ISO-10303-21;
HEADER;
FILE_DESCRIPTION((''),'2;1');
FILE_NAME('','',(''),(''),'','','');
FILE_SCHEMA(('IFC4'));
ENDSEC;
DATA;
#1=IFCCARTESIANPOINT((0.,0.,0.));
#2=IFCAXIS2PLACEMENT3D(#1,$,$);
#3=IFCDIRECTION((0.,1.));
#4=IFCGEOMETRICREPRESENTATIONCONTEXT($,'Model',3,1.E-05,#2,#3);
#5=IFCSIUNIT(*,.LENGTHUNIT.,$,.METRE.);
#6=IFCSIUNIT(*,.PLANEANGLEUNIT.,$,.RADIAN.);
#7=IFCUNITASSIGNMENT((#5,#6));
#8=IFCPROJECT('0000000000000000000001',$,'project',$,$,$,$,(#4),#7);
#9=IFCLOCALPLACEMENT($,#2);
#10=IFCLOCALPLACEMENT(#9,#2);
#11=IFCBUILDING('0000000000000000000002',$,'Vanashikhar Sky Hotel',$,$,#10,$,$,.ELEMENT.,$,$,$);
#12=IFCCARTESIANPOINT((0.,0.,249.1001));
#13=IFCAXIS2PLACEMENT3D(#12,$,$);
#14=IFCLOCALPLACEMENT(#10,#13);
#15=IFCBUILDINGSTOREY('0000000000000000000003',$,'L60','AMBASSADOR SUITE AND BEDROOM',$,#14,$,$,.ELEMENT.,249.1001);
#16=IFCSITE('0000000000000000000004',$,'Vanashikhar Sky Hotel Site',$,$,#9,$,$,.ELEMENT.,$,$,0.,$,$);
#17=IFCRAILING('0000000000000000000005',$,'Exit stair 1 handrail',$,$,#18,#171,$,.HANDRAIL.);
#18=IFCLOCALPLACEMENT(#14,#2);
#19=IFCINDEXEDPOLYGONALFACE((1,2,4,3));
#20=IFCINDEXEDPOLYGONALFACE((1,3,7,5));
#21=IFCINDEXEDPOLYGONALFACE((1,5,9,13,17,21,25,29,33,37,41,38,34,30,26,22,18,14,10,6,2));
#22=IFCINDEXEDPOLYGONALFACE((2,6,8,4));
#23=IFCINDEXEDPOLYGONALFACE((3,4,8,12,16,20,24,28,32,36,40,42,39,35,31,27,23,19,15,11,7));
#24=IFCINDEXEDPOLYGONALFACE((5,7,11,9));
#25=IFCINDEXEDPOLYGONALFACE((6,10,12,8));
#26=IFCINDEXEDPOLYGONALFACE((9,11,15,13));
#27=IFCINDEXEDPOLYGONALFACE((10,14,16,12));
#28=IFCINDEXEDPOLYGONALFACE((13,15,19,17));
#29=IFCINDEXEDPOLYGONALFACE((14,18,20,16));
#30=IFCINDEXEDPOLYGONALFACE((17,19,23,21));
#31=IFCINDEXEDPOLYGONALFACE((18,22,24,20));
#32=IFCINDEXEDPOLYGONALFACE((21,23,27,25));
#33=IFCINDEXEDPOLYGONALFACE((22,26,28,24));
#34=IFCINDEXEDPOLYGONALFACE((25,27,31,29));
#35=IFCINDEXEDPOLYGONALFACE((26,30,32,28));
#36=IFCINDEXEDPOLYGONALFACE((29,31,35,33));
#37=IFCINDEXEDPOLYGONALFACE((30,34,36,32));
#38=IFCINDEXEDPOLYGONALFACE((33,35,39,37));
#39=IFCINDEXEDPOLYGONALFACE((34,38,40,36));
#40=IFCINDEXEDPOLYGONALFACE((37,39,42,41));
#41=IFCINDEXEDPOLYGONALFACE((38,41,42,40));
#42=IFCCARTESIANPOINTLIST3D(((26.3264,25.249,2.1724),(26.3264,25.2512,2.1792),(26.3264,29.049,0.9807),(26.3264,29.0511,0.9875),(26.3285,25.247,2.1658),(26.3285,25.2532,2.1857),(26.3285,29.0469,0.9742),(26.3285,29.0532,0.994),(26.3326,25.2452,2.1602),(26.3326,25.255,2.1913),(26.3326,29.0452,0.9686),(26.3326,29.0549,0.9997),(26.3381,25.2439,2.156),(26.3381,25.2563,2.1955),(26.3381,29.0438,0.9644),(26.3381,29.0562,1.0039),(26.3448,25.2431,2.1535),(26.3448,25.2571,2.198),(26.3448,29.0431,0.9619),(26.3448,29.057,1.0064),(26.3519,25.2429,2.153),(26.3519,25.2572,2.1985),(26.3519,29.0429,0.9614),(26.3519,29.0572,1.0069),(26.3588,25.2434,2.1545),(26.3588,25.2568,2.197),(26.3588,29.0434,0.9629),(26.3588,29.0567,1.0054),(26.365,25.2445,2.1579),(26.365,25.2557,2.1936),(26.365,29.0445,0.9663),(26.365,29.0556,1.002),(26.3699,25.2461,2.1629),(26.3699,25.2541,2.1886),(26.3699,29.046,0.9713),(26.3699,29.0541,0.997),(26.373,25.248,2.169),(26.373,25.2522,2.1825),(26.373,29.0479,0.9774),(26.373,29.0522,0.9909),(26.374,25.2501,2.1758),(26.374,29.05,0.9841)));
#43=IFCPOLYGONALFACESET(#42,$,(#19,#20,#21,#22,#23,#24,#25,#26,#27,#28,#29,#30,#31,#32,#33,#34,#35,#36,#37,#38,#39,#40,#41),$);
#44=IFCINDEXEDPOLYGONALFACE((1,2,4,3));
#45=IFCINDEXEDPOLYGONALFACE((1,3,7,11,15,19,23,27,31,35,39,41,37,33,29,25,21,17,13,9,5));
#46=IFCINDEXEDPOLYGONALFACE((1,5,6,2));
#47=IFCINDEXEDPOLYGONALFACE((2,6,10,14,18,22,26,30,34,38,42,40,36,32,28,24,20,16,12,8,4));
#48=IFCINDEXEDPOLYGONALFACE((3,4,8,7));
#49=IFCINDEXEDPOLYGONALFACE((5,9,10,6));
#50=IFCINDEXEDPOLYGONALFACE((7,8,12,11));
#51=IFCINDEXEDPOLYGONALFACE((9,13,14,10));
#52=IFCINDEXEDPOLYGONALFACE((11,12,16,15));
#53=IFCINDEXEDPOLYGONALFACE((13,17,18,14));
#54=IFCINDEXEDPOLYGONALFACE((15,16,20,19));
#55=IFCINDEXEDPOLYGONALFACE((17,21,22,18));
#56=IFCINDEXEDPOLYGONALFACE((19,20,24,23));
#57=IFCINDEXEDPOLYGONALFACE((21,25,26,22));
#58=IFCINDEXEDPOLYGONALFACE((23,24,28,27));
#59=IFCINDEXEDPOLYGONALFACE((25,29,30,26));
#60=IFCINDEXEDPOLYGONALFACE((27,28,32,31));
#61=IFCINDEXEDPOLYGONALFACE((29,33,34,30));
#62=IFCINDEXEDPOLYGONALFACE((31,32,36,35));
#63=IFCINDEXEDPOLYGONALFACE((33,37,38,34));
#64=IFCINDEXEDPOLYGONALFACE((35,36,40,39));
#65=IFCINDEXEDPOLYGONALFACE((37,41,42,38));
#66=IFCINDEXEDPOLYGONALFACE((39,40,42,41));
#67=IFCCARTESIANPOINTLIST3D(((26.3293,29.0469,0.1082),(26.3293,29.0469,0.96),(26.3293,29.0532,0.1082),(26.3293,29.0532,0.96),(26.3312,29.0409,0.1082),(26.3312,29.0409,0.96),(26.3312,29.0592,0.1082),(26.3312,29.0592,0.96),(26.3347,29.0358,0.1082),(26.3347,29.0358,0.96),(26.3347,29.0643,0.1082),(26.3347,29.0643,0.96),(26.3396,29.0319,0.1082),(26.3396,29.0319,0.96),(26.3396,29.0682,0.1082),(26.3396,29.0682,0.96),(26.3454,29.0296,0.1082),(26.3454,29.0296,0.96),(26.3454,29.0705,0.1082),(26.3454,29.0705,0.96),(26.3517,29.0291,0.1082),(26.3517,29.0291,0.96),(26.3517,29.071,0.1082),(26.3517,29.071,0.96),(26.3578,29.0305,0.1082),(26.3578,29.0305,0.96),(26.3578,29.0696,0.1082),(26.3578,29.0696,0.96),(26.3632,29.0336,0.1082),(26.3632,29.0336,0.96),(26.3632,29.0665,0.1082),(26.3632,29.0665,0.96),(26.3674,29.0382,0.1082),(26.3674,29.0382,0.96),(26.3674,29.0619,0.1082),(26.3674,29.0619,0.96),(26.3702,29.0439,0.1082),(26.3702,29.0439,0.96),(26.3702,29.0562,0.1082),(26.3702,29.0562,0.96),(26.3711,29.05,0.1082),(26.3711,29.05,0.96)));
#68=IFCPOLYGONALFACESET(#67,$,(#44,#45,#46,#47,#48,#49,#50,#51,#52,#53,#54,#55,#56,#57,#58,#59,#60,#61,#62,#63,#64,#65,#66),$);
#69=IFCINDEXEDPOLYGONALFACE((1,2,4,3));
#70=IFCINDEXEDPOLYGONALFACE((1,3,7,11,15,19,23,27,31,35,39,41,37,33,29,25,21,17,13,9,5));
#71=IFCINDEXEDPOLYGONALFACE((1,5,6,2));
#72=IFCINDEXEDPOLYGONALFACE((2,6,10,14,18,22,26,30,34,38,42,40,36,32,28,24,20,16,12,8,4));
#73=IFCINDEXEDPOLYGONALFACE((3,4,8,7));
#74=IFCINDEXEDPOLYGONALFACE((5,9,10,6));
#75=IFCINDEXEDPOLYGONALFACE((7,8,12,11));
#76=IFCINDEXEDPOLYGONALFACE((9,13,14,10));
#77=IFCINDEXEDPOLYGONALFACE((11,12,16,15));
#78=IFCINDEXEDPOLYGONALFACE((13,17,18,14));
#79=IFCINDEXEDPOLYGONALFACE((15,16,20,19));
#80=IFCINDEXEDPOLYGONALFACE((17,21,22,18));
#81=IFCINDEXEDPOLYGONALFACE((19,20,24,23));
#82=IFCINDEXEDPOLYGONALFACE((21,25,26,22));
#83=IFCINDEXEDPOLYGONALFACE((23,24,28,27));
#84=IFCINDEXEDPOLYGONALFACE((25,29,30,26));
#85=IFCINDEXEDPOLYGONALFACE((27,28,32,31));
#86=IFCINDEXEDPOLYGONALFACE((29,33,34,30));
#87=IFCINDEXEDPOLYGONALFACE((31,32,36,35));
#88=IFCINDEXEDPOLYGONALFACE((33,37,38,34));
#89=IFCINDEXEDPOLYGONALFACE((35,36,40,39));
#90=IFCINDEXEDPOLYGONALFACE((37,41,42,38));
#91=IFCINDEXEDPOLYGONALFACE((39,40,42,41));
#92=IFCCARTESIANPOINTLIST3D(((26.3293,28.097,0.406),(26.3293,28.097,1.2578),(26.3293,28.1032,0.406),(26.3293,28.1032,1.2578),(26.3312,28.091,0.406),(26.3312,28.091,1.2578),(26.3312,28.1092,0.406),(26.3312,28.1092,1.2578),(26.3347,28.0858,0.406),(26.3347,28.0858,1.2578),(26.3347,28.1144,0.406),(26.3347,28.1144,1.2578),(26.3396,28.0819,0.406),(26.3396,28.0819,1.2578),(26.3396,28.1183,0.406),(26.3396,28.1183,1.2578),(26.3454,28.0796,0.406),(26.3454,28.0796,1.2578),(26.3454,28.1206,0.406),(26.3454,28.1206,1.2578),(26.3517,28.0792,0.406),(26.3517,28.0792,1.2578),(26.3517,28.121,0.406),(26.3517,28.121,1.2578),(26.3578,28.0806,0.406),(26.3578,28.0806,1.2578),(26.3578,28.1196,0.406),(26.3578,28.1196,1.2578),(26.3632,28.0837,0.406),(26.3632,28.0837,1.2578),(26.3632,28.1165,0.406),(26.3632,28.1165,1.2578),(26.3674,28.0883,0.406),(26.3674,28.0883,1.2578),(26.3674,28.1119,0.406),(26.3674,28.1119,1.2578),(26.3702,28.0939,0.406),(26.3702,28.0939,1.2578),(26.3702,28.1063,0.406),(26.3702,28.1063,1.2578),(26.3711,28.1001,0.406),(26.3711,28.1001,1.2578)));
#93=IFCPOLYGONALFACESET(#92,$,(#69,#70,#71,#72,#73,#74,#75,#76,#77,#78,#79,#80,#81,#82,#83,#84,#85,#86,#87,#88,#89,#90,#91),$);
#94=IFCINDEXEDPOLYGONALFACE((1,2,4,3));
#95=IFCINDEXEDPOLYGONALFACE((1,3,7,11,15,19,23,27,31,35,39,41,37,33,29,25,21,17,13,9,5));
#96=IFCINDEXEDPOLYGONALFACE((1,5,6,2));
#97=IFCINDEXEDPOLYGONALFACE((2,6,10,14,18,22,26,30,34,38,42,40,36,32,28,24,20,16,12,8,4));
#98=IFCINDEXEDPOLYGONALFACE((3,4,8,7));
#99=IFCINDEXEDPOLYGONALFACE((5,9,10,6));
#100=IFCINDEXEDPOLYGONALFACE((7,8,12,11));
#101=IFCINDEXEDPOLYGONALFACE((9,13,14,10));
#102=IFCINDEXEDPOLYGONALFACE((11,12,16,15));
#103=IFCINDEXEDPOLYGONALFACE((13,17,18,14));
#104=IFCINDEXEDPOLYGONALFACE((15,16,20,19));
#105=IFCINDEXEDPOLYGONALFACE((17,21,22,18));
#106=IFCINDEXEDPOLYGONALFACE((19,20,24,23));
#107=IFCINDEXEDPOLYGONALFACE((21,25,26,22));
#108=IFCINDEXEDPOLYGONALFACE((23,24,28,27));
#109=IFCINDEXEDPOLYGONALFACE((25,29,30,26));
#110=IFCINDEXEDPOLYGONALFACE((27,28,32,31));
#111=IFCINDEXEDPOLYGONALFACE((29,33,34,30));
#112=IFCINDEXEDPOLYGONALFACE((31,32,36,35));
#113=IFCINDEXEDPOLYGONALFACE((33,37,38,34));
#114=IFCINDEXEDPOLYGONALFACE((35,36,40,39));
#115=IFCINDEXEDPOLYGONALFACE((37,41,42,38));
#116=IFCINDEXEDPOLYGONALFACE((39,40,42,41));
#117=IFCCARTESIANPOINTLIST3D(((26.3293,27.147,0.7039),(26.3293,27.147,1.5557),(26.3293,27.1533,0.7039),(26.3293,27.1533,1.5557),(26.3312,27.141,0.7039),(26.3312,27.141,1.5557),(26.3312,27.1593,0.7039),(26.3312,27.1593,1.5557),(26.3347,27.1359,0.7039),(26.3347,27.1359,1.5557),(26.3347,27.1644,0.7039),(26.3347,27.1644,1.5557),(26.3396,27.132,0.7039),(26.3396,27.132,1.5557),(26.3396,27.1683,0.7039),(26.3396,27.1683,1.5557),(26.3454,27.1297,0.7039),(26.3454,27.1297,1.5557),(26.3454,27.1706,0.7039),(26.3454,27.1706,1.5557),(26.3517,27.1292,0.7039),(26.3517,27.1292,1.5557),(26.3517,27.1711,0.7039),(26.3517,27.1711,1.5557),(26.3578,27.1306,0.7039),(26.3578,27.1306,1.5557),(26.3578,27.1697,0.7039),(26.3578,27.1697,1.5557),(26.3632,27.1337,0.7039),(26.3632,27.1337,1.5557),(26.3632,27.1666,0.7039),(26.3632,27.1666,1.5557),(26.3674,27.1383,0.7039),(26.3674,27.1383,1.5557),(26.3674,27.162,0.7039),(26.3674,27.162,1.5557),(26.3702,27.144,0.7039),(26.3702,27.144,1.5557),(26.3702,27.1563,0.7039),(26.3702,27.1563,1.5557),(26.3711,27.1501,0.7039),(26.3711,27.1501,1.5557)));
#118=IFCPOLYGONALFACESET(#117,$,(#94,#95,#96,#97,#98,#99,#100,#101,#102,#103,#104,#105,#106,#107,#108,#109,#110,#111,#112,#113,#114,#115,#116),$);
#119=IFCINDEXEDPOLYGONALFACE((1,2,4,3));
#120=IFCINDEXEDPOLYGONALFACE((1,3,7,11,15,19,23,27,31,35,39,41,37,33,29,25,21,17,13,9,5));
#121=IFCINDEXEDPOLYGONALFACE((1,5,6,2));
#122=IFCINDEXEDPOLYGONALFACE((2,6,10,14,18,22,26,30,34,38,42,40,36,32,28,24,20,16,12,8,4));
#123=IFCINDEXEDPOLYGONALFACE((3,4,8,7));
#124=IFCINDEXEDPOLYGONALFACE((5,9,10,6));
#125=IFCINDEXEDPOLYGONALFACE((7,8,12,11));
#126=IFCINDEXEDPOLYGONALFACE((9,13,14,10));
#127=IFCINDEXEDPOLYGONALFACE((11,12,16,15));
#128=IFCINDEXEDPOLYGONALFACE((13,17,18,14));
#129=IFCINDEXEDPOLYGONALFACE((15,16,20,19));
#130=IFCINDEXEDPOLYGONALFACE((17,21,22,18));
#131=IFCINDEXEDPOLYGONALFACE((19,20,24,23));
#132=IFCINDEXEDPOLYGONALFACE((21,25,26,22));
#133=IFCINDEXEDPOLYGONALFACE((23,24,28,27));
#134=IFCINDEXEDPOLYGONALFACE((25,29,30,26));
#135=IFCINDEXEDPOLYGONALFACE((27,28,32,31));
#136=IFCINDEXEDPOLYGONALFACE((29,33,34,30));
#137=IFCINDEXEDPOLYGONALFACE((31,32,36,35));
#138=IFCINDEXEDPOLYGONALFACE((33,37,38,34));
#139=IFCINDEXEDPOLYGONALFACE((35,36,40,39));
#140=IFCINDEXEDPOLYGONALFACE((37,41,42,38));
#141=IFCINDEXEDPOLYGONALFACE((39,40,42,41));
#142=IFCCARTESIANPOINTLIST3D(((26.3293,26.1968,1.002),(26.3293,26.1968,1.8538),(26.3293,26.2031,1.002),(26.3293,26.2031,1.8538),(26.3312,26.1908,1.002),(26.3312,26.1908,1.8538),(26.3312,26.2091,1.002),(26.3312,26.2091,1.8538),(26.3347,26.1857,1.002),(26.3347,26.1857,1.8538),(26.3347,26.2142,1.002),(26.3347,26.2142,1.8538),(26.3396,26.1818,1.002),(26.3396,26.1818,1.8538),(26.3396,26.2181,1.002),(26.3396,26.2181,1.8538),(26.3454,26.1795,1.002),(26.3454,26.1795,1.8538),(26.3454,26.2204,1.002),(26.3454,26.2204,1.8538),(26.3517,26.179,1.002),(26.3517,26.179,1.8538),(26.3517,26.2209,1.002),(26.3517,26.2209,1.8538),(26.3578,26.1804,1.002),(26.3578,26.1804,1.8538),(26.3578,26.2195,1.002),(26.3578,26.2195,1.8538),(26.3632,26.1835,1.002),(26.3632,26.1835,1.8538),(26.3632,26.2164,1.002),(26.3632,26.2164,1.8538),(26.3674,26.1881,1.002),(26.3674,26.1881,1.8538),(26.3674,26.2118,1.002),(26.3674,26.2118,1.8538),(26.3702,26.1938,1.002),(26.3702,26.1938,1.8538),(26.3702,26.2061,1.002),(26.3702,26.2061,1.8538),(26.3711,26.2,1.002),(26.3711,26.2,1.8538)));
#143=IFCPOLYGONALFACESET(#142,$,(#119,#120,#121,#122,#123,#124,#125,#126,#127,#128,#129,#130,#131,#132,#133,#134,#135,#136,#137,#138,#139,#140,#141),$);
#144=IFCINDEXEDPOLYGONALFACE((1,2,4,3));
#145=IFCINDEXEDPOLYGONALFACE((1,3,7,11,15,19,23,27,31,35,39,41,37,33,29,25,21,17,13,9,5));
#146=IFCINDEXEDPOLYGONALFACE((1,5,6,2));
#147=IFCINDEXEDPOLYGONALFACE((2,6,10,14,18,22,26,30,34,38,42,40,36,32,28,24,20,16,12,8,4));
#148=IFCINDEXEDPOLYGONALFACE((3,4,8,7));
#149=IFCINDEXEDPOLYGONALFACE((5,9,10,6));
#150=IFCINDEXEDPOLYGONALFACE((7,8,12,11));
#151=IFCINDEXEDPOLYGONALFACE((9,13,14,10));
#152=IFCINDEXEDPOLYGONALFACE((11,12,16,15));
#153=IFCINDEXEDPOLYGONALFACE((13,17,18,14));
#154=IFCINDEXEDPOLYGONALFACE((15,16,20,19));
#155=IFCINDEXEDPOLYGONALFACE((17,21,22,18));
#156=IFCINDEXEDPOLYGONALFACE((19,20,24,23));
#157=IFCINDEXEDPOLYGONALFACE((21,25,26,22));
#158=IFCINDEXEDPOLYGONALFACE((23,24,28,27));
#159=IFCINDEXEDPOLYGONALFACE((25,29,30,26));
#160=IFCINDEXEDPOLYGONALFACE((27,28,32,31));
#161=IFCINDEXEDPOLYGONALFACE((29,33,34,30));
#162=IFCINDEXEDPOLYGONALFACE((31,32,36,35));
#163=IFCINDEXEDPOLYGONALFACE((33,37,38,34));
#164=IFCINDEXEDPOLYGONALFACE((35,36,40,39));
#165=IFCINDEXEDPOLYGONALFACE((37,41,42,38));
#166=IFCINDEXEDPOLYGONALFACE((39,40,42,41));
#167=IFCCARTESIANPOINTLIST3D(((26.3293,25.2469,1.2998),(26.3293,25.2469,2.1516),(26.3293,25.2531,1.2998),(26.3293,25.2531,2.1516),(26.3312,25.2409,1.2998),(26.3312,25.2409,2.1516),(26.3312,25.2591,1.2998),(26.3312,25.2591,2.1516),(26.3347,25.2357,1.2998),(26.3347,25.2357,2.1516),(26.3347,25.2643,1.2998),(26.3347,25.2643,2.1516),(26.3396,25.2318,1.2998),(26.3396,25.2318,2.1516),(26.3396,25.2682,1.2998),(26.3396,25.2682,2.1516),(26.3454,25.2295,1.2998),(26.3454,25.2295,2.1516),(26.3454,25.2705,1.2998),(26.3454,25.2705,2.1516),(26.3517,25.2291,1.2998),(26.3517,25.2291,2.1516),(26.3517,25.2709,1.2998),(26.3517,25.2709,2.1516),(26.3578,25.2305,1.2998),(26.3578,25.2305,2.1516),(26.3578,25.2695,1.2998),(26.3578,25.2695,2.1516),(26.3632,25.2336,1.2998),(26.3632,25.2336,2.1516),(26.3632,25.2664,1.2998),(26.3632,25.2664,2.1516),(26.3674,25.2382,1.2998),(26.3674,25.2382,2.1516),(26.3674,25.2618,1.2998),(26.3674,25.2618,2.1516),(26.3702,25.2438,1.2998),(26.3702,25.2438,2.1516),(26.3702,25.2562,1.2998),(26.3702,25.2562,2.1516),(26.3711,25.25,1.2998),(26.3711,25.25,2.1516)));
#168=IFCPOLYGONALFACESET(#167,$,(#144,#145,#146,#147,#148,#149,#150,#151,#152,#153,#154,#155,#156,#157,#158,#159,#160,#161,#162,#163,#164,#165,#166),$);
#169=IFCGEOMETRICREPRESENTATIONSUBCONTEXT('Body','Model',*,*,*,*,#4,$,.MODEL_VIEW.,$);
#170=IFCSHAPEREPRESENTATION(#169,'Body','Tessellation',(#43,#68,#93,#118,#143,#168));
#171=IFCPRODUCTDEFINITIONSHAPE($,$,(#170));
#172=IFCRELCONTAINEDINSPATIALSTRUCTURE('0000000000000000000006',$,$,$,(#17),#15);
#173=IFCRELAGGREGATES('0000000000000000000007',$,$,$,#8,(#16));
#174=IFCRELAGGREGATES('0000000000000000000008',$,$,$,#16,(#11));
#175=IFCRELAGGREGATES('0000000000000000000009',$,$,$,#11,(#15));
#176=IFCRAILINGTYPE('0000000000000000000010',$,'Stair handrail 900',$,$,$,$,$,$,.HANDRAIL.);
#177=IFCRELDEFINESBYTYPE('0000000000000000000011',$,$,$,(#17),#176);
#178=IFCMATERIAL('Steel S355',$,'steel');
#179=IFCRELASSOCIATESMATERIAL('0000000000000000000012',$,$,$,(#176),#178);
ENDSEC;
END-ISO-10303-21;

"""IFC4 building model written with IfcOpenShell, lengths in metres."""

from ifc_helpers import new_model, si_unit, direction, frame, origin, origin_2d, place, context, subcontext, project, spatial, circle, extrude, source, transform, mapped, material, type_object, element, save


model = new_model("IFC4")

# Units and contexts
model_context = context("Model", 3, precision=1e-05, world=origin(), true_north=direction((0.0, 1.0)))
body_context = subcontext(model_context, "Body", "Model", "MODEL_VIEW")
ifc_project = project(units=[si_unit("LENGTHUNIT", "METRE"), si_unit("PLANEANGLEUNIT", "RADIAN")], contexts=[model_context])

# Site, building, storey
site_placement = place(None, origin())
site = spatial("IfcSite", under=ifc_project, at=site_placement, Name="Vanashikhar Sky Hotel Site", CompositionType="ELEMENT", RefElevation=0.0)
building_placement = place(site_placement, origin())
building = spatial("IfcBuilding", under=site, at=building_placement, Name="Vanashikhar Sky Hotel", CompositionType="ELEMENT")
storey_placement = place(building_placement, frame((0.0, 0.0, 249.1001)))
storey = spatial("IfcBuildingStorey", under=building, at=storey_placement, Name="L60", Description="AMBASSADOR SUITE AND BEDROOM", CompositionType="ELEMENT", Elevation=249.1001)

# Railing
ifc_material_1 = material(Name="Steel S355", Category="steel")
railing_type = type_object("IfcRailingType", Name="Stair handrail 900", PredefinedType="HANDRAIL", material=ifc_material_1)
shared_shape_1 = source(origin(), body_context, "Body", "SweptSolid", [
    extrude(circle(Radius=0.0239, at=origin_2d()), frame((0.0, 0.0, 0.876), z_axis=(0.0, -0.954184, 0.299221), x_axis=(1.0, 0.0, 0.0)), (0.0, 0.0, 1.0), 3.9824),
    extrude(circle(Radius=0.021, at=origin_2d()), origin(), (0.0, 0.0, 1.0), 0.8518),
    extrude(circle(Radius=0.021, at=origin_2d()), frame((0.0, -0.95, 0.2979)), (0.0, 0.0, 1.0), 0.8518),
    extrude(circle(Radius=0.021, at=origin_2d()), frame((0.0, -1.8999, 0.5957)), (0.0, 0.0, 1.0), 0.8518),
    extrude(circle(Radius=0.021, at=origin_2d()), frame((0.0, -2.8501, 0.8938)), (0.0, 0.0, 1.0), 0.8518),
    extrude(circle(Radius=0.021, at=origin_2d()), frame((0.0, -3.8, 1.1917)), (0.0, 0.0, 1.0), 0.8518),
])
for number, where, name in (
    (1, (26.3501, 29.05, 0.1082), "Exit stair 1 handrail"),
):
    element("IfcRailing", number, at=place(storey_placement, frame(where)), inside=storey, type_object=railing_type, Name=name, PredefinedType="HANDRAIL", context=body_context, shape_type="MappedRepresentation", body=[
        mapped(shared_shape_1, transform((0.0, 0.0, 0.0), scale=1.0)),
    ])

save(model, "model.ifc")
